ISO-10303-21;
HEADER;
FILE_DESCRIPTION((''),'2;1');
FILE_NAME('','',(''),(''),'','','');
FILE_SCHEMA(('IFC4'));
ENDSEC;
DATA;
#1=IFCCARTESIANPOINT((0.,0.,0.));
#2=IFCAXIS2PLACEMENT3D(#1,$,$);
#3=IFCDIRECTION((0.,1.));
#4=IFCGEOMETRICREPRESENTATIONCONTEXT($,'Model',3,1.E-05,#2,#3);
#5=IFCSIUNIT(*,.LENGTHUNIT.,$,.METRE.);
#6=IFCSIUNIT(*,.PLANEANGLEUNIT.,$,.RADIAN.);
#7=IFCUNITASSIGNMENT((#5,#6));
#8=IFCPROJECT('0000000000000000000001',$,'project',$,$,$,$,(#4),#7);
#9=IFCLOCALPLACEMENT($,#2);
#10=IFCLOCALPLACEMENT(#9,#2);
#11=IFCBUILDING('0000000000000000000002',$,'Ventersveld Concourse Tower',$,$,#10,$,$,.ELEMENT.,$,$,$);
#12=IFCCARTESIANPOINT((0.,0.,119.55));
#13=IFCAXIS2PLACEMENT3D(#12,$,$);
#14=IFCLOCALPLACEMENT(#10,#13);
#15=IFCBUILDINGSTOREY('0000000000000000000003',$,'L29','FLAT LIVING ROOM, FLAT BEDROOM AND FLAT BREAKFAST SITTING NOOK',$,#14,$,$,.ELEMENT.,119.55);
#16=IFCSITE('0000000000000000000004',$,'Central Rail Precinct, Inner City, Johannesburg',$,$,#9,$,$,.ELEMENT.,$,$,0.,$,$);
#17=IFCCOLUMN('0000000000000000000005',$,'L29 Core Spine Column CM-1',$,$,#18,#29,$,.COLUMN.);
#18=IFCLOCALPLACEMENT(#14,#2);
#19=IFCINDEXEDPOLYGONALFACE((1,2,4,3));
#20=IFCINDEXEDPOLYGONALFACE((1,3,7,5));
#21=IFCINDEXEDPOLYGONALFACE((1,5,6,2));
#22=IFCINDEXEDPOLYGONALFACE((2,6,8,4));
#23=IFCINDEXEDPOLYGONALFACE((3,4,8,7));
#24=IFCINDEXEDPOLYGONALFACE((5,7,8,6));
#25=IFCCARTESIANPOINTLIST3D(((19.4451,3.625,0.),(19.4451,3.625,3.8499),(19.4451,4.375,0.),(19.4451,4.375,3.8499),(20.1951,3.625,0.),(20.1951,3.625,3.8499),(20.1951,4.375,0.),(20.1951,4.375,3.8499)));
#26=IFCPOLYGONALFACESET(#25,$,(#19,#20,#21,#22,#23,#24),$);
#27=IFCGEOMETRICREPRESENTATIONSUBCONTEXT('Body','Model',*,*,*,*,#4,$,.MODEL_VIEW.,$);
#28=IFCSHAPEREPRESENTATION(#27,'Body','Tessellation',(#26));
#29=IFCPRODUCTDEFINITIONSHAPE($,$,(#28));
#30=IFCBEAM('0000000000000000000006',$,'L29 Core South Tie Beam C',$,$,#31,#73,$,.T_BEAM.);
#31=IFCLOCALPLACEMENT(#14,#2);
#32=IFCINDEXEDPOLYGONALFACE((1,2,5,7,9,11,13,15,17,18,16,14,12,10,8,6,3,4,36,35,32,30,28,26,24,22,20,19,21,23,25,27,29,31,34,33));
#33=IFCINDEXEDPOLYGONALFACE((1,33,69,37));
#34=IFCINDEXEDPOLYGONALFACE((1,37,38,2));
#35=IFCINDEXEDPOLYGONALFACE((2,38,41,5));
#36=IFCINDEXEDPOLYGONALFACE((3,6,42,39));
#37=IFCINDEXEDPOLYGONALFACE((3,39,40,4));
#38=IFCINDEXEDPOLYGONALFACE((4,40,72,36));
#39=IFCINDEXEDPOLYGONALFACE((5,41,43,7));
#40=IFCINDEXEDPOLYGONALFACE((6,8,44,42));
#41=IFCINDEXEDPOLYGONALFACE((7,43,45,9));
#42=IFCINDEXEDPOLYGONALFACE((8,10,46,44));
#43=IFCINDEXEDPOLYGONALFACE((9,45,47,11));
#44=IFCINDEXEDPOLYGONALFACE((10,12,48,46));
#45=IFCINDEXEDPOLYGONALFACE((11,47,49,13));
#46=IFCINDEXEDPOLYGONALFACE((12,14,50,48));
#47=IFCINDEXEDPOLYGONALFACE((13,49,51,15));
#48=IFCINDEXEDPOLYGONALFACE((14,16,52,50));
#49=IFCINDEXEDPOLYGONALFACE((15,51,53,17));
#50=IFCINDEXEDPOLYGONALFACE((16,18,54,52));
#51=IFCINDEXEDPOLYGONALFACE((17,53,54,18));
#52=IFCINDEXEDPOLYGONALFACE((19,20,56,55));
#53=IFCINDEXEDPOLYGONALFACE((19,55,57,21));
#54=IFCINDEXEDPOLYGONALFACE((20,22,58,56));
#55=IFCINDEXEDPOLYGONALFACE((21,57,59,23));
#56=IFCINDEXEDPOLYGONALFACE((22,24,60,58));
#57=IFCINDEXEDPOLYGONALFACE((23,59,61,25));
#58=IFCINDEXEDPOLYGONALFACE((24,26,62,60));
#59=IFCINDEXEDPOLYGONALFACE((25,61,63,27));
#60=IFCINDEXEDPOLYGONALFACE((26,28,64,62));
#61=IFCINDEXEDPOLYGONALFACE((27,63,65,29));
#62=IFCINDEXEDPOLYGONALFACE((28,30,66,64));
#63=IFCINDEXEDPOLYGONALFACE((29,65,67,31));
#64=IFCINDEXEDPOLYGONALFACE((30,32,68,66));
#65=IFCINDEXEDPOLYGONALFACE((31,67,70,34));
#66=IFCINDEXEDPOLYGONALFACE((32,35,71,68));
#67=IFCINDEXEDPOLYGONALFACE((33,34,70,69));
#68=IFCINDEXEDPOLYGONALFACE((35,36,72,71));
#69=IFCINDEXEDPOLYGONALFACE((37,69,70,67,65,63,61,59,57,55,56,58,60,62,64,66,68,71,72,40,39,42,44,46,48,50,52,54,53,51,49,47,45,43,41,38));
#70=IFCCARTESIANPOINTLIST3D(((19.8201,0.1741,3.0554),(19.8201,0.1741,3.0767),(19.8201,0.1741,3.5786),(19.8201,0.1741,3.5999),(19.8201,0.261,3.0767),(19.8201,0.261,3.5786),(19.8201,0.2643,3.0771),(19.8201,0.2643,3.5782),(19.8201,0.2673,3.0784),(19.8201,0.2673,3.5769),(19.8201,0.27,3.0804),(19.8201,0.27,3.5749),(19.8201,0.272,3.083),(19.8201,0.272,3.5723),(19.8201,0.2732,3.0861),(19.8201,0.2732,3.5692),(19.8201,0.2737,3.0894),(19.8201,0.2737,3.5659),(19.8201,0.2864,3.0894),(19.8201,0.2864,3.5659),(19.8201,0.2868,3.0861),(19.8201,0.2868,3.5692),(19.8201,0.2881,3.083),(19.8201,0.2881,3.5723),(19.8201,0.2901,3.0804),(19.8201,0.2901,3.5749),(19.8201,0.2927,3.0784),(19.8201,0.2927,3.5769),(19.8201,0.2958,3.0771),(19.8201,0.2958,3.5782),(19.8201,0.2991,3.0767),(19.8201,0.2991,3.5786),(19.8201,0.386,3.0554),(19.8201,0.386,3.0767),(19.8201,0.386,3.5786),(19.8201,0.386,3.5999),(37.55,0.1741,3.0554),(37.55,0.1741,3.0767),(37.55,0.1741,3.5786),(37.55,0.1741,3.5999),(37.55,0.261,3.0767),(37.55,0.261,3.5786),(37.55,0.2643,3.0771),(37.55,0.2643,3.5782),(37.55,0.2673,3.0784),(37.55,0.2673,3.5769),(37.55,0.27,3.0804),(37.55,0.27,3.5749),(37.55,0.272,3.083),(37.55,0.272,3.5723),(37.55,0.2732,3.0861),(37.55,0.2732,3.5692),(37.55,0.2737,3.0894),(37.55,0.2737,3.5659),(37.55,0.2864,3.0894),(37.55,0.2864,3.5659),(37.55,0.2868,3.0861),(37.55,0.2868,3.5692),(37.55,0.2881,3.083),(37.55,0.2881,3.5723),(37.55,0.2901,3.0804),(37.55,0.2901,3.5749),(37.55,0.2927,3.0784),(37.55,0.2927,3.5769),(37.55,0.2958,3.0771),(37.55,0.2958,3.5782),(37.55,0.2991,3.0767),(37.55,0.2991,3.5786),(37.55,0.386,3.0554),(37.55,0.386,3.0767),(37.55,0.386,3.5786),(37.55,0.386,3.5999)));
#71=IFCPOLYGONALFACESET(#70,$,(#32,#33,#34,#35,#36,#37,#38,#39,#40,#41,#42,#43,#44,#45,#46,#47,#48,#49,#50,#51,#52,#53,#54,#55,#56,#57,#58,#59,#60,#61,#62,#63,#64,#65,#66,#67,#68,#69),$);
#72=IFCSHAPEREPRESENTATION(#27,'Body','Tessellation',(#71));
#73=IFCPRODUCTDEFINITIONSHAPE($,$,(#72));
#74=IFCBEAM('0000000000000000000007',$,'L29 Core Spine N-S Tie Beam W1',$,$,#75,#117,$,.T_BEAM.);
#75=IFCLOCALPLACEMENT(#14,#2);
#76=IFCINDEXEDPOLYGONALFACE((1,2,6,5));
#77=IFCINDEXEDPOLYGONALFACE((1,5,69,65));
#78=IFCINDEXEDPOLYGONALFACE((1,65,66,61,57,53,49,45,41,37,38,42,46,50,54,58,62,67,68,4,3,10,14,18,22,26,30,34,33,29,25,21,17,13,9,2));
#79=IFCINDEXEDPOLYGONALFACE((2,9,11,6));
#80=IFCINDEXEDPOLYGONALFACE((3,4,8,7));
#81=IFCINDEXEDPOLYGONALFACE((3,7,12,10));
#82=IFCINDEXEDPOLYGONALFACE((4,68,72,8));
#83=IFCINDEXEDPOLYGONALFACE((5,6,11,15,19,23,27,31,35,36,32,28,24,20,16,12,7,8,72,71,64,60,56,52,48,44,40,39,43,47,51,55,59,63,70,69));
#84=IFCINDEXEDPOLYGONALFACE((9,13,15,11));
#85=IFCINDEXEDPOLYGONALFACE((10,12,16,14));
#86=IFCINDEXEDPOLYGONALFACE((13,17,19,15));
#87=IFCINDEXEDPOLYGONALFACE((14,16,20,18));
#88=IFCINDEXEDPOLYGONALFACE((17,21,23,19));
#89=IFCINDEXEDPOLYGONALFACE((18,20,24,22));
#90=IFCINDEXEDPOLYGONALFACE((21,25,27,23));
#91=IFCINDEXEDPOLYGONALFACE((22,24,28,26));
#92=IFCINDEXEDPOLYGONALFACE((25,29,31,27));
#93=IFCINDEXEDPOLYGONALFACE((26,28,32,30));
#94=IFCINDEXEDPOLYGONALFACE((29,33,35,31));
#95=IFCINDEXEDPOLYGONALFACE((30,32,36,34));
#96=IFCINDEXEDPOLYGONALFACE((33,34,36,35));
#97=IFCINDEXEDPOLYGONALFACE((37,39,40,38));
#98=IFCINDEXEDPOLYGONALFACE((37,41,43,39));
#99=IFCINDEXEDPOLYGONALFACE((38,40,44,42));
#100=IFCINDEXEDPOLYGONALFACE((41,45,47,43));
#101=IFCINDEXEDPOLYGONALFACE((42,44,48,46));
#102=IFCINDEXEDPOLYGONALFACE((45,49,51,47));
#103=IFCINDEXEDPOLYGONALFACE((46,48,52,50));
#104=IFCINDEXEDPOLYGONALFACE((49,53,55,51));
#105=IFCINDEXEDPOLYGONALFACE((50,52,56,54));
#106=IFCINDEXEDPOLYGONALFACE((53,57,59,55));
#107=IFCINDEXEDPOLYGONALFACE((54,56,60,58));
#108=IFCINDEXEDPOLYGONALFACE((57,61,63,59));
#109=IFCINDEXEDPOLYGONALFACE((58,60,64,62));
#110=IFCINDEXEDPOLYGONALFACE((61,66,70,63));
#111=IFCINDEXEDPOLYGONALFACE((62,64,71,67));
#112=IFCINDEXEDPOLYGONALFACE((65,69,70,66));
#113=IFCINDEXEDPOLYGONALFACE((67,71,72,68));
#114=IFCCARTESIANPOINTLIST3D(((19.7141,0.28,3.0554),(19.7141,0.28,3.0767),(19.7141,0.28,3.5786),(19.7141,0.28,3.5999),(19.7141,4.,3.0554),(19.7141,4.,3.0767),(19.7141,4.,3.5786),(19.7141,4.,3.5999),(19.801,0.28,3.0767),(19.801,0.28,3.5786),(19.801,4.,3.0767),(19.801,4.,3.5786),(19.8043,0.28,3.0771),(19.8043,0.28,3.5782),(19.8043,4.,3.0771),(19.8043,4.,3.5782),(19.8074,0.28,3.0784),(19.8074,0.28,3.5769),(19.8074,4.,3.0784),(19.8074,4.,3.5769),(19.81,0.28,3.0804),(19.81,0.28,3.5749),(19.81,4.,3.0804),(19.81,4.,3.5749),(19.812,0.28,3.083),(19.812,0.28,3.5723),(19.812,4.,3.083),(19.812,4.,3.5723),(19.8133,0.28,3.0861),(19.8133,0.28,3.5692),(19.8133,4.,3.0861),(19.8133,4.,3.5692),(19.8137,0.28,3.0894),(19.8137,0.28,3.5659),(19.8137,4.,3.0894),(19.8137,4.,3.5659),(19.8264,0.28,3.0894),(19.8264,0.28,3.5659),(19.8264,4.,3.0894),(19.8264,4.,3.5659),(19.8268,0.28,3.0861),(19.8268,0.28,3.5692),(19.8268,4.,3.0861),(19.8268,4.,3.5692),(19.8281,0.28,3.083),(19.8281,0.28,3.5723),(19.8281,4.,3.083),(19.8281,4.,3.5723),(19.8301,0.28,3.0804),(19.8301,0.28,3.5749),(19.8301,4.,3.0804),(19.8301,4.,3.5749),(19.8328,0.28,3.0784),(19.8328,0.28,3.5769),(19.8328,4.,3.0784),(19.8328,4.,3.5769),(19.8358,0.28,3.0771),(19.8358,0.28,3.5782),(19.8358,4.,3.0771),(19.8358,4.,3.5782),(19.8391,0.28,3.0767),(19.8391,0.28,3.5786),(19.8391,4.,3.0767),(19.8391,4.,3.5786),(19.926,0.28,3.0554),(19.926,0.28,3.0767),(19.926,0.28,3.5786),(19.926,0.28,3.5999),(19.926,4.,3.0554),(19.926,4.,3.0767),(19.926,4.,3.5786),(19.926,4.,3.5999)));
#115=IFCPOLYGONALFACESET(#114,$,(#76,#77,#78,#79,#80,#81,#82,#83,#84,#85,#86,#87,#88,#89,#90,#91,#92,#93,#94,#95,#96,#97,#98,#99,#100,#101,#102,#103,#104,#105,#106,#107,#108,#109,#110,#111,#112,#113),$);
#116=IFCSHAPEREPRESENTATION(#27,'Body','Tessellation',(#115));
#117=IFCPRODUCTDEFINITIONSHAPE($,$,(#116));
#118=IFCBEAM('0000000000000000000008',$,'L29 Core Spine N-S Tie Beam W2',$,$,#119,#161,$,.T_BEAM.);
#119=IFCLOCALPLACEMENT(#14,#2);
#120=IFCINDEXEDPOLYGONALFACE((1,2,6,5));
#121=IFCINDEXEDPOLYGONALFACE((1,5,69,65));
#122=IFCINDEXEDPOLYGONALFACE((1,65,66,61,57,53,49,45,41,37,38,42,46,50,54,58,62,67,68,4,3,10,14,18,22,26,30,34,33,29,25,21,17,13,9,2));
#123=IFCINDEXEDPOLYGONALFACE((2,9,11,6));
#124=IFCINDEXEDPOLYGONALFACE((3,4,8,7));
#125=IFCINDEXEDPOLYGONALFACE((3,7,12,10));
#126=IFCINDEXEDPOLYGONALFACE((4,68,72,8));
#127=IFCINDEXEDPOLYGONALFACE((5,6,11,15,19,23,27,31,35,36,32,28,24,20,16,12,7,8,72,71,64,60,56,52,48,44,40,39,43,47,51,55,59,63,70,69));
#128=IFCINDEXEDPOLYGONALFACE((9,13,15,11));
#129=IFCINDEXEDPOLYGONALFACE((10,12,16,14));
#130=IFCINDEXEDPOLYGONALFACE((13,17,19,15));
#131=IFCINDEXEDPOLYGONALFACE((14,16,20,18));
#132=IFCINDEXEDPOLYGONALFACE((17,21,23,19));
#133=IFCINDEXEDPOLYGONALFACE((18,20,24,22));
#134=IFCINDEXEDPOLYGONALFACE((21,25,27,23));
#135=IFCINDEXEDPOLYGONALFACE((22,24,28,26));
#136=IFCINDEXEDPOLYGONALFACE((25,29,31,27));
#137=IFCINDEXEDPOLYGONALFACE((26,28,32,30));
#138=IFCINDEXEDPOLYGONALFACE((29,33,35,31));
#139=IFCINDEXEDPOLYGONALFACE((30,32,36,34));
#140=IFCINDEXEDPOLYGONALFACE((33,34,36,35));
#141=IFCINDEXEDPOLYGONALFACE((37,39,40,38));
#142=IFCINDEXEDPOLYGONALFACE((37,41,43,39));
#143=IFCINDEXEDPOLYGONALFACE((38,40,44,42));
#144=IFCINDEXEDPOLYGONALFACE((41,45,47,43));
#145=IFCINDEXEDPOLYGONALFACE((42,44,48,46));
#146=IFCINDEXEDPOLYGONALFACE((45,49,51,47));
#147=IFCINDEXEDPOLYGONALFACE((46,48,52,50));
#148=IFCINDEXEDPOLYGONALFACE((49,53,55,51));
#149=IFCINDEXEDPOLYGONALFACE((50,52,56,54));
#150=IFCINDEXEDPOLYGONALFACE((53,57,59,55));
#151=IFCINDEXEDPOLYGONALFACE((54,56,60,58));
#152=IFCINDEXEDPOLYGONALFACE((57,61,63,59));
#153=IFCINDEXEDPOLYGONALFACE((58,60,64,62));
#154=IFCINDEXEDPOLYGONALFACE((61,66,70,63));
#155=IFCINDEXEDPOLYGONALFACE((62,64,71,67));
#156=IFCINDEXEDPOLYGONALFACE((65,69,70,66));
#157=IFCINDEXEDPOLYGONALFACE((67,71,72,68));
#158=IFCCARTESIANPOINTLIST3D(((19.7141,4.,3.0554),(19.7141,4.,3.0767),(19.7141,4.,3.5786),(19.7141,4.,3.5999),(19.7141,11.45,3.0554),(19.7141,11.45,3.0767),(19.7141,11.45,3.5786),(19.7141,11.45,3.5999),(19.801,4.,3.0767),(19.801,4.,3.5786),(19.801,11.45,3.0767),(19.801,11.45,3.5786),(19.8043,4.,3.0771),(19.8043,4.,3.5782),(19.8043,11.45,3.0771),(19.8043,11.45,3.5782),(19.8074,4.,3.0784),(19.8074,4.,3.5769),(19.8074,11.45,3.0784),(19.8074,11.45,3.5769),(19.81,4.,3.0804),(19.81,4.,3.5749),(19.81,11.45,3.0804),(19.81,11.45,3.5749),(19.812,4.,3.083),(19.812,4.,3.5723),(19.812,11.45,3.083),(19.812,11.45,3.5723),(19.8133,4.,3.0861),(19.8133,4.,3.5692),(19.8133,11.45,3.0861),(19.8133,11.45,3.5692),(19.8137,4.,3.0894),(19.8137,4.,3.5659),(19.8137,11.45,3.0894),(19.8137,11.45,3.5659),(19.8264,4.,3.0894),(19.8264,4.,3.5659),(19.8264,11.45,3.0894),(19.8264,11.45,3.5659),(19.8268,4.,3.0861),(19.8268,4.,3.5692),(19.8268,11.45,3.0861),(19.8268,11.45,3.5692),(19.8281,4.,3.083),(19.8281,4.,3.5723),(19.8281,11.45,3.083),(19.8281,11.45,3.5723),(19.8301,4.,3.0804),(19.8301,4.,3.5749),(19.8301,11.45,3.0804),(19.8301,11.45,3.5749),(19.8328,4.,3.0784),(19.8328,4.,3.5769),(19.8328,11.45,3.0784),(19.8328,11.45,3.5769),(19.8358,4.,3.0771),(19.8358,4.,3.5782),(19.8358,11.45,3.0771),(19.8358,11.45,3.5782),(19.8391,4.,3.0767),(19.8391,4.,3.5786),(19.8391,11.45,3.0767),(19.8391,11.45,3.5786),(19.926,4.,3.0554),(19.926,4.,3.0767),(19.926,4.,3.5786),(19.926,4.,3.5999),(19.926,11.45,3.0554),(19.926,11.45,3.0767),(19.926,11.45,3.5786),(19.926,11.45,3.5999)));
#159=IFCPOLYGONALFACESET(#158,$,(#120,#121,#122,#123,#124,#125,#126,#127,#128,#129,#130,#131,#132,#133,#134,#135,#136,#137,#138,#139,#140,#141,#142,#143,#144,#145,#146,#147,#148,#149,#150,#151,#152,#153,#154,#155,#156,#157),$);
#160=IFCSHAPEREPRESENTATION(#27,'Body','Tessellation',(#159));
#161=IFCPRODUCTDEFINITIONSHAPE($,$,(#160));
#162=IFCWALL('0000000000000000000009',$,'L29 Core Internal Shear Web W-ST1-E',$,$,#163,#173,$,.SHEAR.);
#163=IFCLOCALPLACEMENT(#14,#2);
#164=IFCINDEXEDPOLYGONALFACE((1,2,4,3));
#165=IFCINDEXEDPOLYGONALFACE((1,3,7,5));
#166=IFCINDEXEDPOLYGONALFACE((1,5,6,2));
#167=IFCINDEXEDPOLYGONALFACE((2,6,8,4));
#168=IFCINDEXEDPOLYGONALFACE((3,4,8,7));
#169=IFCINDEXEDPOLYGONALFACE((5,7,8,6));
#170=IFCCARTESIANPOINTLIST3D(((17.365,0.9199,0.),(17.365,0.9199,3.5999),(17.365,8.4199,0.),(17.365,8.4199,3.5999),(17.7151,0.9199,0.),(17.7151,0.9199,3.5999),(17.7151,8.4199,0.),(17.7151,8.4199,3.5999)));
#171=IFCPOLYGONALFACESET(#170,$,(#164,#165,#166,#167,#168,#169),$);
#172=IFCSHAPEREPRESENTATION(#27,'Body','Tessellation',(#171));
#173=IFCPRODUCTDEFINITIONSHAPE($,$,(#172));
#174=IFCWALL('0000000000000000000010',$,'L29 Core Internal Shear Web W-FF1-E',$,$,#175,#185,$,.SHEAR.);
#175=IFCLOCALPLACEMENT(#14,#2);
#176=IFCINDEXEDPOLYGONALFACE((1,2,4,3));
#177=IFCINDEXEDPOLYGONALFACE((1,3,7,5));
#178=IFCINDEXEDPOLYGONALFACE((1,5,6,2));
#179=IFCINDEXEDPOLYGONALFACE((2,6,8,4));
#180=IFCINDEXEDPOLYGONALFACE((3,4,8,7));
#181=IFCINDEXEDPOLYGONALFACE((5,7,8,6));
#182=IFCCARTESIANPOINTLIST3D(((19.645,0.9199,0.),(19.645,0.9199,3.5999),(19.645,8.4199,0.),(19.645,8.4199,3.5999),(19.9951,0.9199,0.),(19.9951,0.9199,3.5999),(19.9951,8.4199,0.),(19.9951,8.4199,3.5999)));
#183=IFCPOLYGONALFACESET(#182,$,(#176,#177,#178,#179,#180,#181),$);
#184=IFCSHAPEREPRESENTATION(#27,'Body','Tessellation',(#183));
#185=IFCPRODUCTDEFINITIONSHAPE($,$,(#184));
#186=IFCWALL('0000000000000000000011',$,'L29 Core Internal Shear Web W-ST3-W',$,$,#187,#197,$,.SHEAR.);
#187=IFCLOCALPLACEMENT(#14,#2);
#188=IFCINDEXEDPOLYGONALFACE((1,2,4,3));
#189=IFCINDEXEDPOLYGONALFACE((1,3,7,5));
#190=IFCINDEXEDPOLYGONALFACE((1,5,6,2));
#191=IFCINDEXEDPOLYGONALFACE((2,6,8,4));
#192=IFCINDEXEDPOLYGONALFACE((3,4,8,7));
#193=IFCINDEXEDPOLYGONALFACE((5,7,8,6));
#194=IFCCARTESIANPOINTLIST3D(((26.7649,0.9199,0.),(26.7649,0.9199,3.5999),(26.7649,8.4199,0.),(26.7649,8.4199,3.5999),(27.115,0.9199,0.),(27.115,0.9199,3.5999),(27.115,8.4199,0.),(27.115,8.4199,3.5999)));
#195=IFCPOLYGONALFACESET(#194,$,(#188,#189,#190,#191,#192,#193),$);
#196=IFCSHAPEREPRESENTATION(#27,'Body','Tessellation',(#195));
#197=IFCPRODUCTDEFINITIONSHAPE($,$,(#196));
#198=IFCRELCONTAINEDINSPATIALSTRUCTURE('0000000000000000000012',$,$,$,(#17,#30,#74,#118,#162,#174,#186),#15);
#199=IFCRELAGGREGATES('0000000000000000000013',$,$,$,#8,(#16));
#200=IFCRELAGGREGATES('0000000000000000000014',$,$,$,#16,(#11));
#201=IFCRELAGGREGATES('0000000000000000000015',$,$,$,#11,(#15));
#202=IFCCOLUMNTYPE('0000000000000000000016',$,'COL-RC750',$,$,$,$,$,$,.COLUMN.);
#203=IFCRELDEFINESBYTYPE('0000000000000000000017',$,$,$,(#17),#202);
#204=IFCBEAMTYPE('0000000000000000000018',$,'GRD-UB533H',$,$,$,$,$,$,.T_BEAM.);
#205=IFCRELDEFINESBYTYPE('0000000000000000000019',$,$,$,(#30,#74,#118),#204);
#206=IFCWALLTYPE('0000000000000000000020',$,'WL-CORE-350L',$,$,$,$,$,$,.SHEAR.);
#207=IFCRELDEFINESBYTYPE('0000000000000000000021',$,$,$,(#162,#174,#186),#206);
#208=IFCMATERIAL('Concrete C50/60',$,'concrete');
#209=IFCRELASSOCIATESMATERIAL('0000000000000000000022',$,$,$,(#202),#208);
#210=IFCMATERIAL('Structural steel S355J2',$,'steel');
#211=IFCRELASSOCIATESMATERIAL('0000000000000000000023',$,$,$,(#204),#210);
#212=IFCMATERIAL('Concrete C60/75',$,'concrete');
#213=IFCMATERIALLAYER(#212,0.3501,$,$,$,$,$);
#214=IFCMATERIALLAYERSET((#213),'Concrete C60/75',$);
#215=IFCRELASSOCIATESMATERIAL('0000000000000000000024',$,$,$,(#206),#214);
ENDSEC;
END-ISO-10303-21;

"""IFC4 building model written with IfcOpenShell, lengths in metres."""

from ifc_helpers import new_model, si_unit, direction, frame, frame_2d, origin, origin_2d, place, context, subcontext, project, spatial, rectangle, i_section, extrude, material, layer, layer_set, material_profile, profile_set, type_object, element, save


model = new_model("IFC4")

# Units and contexts
model_context = context("Model", 3, precision=1e-05, world=origin(), true_north=direction((0.0, 1.0)))
body_context = subcontext(model_context, "Body", "Model", "MODEL_VIEW")
ifc_project = project(units=[si_unit("LENGTHUNIT", "METRE"), si_unit("PLANEANGLEUNIT", "RADIAN")], contexts=[model_context])

# Site, building, storey
site_placement = place(None, origin())
site = spatial("IfcSite", under=ifc_project, at=site_placement, Name="Central Rail Precinct, Inner City, Johannesburg", CompositionType="ELEMENT", RefElevation=0.0)
building_placement = place(site_placement, origin())
building = spatial("IfcBuilding", under=site, at=building_placement, Name="Ventersveld Concourse Tower", CompositionType="ELEMENT")
storey_placement = place(building_placement, frame((0.0, 0.0, 119.55)))
storey = spatial("IfcBuildingStorey", under=building, at=storey_placement, Name="L29", Description="FLAT LIVING ROOM, FLAT BEDROOM AND FLAT BREAKFAST SITTING NOOK", CompositionType="ELEMENT", Elevation=119.55)

# Column
ifc_material_1 = material(Name="Concrete C50/60", Category="concrete")
ifc_material_profile_1 = material_profile(ifc_material_1, rectangle(XDim=0.75, YDim=0.75, at=origin_2d()), Name="RC 750x750")
ifc_profile_set_1 = profile_set([ifc_material_profile_1], Name="Concrete C50/60")
column_type = type_object("IfcColumnType", Name="COL-RC750", PredefinedType="COLUMN", material=ifc_profile_set_1)
column_placement = place(storey_placement, frame((19.8201, 4.0, 0.0), z_axis=(0.0, 0.0, 1.0), x_axis=(1.0, 0.0, 0.0)))
element("IfcColumn", 1, at=column_placement, inside=storey, type_object=column_type, Name="L29 Core Spine Column CM-1", PredefinedType="COLUMN", context=body_context, shape_type="SweptSolid", body=[
    extrude(rectangle(XDim=0.75, YDim=0.75, at=origin_2d()), origin(), (0.0, 0.0, 1.0), 3.8499),
])

# Beams
ifc_material_2 = material(Name="Structural steel S355J2", Category="steel")
ifc_material_profile_2 = material_profile(ifc_material_2, i_section(OverallWidth=0.2119, OverallDepth=0.5444, WebThickness=0.0127, FlangeThickness=0.0212, FilletRadius=0.0127, at=origin_2d()), Name="UB 533x210x122")
ifc_profile_set_2 = profile_set([ifc_material_profile_2], Name="Structural steel S355J2")
beam_type = type_object("IfcBeamType", Name="GRD-UB533H", PredefinedType="T_BEAM", material=ifc_profile_set_2)
beam_1_placement = place(storey_placement, frame((19.8201, 0.28, 3.3276), z_axis=(1.0, 0.0, 0.0), x_axis=(0.0, 1.0, 0.0)))
element("IfcBeam", 2, at=beam_1_placement, inside=storey, type_object=beam_type, Name="L29 Core South Tie Beam C", PredefinedType="T_BEAM", context=body_context, shape_type="SweptSolid", body=[
    extrude(i_section(OverallWidth=0.2119, OverallDepth=0.5444, WebThickness=0.0127, FlangeThickness=0.0212, FilletRadius=0.0127, at=origin_2d()), origin(), (0.0, 0.0, 1.0), 17.73),
])
beam_2_placement = place(storey_placement, frame((19.8201, 0.28, 3.3276), z_axis=(0.0, 1.0, 0.0), x_axis=(-1.0, 0.0, 0.0)))
element("IfcBeam", 3, at=beam_2_placement, inside=storey, type_object=beam_type, Name="L29 Core Spine N-S Tie Beam W1", PredefinedType="T_BEAM", context=body_context, shape_type="SweptSolid", body=[
    extrude(i_section(OverallWidth=0.2119, OverallDepth=0.5444, WebThickness=0.0127, FlangeThickness=0.0212, FilletRadius=0.0127, at=origin_2d()), origin(), (0.0, 0.0, 1.0), 3.72),
])
beam_3_placement = place(storey_placement, frame((19.8201, 4.0, 3.3276), z_axis=(0.0, 1.0, 0.0), x_axis=(-1.0, 0.0, 0.0)))
element("IfcBeam", 4, at=beam_3_placement, inside=storey, type_object=beam_type, Name="L29 Core Spine N-S Tie Beam W2", PredefinedType="T_BEAM", context=body_context, shape_type="SweptSolid", body=[
    extrude(i_section(OverallWidth=0.2119, OverallDepth=0.5444, WebThickness=0.0127, FlangeThickness=0.0212, FilletRadius=0.0127, at=origin_2d()), origin(), (0.0, 0.0, 1.0), 7.45),
])

# Walls
ifc_material_3 = material(Name="Concrete C60/75", Category="concrete")
ifc_layer_1 = layer(ifc_material_3, 0.3501)
ifc_layer_set_1 = layer_set([ifc_layer_1], Name="Concrete C60/75")
wall_type_1 = type_object("IfcWallType", Name="WL-CORE-350L", PredefinedType="SHEAR", material=ifc_layer_set_1)
for number, where, z_axis, x_axis, name in (
    (5, (17.54, 0.9199, 0.0), (0.0, 0.0, 1.0), (0.0, 1.0, 0.0), "L29 Core Internal Shear Web W-ST1-E"),
    (6, (19.8201, 0.9199, 0.0), (0.0, 0.0, 1.0), (0.0, 1.0, 0.0), "L29 Core Internal Shear Web W-FF1-E"),
    (7, (26.9399, 0.9199, 0.0), (0.0, 0.0, 1.0), (0.0, 1.0, 0.0), "L29 Core Internal Shear Web W-ST3-W"),
):
    element("IfcWall", number, at=place(storey_placement, frame(where, z_axis=z_axis, x_axis=x_axis)), inside=storey, type_object=wall_type_1, Name=name, PredefinedType="SHEAR", context=body_context, shape_type="SweptSolid", body=[
        extrude(rectangle(XDim=7.5, YDim=0.3501, at=frame_2d((3.75, 0.0))), origin(), (0.0, 0.0, 1.0), 3.5999),
    ])

save(model, "model.ifc")
